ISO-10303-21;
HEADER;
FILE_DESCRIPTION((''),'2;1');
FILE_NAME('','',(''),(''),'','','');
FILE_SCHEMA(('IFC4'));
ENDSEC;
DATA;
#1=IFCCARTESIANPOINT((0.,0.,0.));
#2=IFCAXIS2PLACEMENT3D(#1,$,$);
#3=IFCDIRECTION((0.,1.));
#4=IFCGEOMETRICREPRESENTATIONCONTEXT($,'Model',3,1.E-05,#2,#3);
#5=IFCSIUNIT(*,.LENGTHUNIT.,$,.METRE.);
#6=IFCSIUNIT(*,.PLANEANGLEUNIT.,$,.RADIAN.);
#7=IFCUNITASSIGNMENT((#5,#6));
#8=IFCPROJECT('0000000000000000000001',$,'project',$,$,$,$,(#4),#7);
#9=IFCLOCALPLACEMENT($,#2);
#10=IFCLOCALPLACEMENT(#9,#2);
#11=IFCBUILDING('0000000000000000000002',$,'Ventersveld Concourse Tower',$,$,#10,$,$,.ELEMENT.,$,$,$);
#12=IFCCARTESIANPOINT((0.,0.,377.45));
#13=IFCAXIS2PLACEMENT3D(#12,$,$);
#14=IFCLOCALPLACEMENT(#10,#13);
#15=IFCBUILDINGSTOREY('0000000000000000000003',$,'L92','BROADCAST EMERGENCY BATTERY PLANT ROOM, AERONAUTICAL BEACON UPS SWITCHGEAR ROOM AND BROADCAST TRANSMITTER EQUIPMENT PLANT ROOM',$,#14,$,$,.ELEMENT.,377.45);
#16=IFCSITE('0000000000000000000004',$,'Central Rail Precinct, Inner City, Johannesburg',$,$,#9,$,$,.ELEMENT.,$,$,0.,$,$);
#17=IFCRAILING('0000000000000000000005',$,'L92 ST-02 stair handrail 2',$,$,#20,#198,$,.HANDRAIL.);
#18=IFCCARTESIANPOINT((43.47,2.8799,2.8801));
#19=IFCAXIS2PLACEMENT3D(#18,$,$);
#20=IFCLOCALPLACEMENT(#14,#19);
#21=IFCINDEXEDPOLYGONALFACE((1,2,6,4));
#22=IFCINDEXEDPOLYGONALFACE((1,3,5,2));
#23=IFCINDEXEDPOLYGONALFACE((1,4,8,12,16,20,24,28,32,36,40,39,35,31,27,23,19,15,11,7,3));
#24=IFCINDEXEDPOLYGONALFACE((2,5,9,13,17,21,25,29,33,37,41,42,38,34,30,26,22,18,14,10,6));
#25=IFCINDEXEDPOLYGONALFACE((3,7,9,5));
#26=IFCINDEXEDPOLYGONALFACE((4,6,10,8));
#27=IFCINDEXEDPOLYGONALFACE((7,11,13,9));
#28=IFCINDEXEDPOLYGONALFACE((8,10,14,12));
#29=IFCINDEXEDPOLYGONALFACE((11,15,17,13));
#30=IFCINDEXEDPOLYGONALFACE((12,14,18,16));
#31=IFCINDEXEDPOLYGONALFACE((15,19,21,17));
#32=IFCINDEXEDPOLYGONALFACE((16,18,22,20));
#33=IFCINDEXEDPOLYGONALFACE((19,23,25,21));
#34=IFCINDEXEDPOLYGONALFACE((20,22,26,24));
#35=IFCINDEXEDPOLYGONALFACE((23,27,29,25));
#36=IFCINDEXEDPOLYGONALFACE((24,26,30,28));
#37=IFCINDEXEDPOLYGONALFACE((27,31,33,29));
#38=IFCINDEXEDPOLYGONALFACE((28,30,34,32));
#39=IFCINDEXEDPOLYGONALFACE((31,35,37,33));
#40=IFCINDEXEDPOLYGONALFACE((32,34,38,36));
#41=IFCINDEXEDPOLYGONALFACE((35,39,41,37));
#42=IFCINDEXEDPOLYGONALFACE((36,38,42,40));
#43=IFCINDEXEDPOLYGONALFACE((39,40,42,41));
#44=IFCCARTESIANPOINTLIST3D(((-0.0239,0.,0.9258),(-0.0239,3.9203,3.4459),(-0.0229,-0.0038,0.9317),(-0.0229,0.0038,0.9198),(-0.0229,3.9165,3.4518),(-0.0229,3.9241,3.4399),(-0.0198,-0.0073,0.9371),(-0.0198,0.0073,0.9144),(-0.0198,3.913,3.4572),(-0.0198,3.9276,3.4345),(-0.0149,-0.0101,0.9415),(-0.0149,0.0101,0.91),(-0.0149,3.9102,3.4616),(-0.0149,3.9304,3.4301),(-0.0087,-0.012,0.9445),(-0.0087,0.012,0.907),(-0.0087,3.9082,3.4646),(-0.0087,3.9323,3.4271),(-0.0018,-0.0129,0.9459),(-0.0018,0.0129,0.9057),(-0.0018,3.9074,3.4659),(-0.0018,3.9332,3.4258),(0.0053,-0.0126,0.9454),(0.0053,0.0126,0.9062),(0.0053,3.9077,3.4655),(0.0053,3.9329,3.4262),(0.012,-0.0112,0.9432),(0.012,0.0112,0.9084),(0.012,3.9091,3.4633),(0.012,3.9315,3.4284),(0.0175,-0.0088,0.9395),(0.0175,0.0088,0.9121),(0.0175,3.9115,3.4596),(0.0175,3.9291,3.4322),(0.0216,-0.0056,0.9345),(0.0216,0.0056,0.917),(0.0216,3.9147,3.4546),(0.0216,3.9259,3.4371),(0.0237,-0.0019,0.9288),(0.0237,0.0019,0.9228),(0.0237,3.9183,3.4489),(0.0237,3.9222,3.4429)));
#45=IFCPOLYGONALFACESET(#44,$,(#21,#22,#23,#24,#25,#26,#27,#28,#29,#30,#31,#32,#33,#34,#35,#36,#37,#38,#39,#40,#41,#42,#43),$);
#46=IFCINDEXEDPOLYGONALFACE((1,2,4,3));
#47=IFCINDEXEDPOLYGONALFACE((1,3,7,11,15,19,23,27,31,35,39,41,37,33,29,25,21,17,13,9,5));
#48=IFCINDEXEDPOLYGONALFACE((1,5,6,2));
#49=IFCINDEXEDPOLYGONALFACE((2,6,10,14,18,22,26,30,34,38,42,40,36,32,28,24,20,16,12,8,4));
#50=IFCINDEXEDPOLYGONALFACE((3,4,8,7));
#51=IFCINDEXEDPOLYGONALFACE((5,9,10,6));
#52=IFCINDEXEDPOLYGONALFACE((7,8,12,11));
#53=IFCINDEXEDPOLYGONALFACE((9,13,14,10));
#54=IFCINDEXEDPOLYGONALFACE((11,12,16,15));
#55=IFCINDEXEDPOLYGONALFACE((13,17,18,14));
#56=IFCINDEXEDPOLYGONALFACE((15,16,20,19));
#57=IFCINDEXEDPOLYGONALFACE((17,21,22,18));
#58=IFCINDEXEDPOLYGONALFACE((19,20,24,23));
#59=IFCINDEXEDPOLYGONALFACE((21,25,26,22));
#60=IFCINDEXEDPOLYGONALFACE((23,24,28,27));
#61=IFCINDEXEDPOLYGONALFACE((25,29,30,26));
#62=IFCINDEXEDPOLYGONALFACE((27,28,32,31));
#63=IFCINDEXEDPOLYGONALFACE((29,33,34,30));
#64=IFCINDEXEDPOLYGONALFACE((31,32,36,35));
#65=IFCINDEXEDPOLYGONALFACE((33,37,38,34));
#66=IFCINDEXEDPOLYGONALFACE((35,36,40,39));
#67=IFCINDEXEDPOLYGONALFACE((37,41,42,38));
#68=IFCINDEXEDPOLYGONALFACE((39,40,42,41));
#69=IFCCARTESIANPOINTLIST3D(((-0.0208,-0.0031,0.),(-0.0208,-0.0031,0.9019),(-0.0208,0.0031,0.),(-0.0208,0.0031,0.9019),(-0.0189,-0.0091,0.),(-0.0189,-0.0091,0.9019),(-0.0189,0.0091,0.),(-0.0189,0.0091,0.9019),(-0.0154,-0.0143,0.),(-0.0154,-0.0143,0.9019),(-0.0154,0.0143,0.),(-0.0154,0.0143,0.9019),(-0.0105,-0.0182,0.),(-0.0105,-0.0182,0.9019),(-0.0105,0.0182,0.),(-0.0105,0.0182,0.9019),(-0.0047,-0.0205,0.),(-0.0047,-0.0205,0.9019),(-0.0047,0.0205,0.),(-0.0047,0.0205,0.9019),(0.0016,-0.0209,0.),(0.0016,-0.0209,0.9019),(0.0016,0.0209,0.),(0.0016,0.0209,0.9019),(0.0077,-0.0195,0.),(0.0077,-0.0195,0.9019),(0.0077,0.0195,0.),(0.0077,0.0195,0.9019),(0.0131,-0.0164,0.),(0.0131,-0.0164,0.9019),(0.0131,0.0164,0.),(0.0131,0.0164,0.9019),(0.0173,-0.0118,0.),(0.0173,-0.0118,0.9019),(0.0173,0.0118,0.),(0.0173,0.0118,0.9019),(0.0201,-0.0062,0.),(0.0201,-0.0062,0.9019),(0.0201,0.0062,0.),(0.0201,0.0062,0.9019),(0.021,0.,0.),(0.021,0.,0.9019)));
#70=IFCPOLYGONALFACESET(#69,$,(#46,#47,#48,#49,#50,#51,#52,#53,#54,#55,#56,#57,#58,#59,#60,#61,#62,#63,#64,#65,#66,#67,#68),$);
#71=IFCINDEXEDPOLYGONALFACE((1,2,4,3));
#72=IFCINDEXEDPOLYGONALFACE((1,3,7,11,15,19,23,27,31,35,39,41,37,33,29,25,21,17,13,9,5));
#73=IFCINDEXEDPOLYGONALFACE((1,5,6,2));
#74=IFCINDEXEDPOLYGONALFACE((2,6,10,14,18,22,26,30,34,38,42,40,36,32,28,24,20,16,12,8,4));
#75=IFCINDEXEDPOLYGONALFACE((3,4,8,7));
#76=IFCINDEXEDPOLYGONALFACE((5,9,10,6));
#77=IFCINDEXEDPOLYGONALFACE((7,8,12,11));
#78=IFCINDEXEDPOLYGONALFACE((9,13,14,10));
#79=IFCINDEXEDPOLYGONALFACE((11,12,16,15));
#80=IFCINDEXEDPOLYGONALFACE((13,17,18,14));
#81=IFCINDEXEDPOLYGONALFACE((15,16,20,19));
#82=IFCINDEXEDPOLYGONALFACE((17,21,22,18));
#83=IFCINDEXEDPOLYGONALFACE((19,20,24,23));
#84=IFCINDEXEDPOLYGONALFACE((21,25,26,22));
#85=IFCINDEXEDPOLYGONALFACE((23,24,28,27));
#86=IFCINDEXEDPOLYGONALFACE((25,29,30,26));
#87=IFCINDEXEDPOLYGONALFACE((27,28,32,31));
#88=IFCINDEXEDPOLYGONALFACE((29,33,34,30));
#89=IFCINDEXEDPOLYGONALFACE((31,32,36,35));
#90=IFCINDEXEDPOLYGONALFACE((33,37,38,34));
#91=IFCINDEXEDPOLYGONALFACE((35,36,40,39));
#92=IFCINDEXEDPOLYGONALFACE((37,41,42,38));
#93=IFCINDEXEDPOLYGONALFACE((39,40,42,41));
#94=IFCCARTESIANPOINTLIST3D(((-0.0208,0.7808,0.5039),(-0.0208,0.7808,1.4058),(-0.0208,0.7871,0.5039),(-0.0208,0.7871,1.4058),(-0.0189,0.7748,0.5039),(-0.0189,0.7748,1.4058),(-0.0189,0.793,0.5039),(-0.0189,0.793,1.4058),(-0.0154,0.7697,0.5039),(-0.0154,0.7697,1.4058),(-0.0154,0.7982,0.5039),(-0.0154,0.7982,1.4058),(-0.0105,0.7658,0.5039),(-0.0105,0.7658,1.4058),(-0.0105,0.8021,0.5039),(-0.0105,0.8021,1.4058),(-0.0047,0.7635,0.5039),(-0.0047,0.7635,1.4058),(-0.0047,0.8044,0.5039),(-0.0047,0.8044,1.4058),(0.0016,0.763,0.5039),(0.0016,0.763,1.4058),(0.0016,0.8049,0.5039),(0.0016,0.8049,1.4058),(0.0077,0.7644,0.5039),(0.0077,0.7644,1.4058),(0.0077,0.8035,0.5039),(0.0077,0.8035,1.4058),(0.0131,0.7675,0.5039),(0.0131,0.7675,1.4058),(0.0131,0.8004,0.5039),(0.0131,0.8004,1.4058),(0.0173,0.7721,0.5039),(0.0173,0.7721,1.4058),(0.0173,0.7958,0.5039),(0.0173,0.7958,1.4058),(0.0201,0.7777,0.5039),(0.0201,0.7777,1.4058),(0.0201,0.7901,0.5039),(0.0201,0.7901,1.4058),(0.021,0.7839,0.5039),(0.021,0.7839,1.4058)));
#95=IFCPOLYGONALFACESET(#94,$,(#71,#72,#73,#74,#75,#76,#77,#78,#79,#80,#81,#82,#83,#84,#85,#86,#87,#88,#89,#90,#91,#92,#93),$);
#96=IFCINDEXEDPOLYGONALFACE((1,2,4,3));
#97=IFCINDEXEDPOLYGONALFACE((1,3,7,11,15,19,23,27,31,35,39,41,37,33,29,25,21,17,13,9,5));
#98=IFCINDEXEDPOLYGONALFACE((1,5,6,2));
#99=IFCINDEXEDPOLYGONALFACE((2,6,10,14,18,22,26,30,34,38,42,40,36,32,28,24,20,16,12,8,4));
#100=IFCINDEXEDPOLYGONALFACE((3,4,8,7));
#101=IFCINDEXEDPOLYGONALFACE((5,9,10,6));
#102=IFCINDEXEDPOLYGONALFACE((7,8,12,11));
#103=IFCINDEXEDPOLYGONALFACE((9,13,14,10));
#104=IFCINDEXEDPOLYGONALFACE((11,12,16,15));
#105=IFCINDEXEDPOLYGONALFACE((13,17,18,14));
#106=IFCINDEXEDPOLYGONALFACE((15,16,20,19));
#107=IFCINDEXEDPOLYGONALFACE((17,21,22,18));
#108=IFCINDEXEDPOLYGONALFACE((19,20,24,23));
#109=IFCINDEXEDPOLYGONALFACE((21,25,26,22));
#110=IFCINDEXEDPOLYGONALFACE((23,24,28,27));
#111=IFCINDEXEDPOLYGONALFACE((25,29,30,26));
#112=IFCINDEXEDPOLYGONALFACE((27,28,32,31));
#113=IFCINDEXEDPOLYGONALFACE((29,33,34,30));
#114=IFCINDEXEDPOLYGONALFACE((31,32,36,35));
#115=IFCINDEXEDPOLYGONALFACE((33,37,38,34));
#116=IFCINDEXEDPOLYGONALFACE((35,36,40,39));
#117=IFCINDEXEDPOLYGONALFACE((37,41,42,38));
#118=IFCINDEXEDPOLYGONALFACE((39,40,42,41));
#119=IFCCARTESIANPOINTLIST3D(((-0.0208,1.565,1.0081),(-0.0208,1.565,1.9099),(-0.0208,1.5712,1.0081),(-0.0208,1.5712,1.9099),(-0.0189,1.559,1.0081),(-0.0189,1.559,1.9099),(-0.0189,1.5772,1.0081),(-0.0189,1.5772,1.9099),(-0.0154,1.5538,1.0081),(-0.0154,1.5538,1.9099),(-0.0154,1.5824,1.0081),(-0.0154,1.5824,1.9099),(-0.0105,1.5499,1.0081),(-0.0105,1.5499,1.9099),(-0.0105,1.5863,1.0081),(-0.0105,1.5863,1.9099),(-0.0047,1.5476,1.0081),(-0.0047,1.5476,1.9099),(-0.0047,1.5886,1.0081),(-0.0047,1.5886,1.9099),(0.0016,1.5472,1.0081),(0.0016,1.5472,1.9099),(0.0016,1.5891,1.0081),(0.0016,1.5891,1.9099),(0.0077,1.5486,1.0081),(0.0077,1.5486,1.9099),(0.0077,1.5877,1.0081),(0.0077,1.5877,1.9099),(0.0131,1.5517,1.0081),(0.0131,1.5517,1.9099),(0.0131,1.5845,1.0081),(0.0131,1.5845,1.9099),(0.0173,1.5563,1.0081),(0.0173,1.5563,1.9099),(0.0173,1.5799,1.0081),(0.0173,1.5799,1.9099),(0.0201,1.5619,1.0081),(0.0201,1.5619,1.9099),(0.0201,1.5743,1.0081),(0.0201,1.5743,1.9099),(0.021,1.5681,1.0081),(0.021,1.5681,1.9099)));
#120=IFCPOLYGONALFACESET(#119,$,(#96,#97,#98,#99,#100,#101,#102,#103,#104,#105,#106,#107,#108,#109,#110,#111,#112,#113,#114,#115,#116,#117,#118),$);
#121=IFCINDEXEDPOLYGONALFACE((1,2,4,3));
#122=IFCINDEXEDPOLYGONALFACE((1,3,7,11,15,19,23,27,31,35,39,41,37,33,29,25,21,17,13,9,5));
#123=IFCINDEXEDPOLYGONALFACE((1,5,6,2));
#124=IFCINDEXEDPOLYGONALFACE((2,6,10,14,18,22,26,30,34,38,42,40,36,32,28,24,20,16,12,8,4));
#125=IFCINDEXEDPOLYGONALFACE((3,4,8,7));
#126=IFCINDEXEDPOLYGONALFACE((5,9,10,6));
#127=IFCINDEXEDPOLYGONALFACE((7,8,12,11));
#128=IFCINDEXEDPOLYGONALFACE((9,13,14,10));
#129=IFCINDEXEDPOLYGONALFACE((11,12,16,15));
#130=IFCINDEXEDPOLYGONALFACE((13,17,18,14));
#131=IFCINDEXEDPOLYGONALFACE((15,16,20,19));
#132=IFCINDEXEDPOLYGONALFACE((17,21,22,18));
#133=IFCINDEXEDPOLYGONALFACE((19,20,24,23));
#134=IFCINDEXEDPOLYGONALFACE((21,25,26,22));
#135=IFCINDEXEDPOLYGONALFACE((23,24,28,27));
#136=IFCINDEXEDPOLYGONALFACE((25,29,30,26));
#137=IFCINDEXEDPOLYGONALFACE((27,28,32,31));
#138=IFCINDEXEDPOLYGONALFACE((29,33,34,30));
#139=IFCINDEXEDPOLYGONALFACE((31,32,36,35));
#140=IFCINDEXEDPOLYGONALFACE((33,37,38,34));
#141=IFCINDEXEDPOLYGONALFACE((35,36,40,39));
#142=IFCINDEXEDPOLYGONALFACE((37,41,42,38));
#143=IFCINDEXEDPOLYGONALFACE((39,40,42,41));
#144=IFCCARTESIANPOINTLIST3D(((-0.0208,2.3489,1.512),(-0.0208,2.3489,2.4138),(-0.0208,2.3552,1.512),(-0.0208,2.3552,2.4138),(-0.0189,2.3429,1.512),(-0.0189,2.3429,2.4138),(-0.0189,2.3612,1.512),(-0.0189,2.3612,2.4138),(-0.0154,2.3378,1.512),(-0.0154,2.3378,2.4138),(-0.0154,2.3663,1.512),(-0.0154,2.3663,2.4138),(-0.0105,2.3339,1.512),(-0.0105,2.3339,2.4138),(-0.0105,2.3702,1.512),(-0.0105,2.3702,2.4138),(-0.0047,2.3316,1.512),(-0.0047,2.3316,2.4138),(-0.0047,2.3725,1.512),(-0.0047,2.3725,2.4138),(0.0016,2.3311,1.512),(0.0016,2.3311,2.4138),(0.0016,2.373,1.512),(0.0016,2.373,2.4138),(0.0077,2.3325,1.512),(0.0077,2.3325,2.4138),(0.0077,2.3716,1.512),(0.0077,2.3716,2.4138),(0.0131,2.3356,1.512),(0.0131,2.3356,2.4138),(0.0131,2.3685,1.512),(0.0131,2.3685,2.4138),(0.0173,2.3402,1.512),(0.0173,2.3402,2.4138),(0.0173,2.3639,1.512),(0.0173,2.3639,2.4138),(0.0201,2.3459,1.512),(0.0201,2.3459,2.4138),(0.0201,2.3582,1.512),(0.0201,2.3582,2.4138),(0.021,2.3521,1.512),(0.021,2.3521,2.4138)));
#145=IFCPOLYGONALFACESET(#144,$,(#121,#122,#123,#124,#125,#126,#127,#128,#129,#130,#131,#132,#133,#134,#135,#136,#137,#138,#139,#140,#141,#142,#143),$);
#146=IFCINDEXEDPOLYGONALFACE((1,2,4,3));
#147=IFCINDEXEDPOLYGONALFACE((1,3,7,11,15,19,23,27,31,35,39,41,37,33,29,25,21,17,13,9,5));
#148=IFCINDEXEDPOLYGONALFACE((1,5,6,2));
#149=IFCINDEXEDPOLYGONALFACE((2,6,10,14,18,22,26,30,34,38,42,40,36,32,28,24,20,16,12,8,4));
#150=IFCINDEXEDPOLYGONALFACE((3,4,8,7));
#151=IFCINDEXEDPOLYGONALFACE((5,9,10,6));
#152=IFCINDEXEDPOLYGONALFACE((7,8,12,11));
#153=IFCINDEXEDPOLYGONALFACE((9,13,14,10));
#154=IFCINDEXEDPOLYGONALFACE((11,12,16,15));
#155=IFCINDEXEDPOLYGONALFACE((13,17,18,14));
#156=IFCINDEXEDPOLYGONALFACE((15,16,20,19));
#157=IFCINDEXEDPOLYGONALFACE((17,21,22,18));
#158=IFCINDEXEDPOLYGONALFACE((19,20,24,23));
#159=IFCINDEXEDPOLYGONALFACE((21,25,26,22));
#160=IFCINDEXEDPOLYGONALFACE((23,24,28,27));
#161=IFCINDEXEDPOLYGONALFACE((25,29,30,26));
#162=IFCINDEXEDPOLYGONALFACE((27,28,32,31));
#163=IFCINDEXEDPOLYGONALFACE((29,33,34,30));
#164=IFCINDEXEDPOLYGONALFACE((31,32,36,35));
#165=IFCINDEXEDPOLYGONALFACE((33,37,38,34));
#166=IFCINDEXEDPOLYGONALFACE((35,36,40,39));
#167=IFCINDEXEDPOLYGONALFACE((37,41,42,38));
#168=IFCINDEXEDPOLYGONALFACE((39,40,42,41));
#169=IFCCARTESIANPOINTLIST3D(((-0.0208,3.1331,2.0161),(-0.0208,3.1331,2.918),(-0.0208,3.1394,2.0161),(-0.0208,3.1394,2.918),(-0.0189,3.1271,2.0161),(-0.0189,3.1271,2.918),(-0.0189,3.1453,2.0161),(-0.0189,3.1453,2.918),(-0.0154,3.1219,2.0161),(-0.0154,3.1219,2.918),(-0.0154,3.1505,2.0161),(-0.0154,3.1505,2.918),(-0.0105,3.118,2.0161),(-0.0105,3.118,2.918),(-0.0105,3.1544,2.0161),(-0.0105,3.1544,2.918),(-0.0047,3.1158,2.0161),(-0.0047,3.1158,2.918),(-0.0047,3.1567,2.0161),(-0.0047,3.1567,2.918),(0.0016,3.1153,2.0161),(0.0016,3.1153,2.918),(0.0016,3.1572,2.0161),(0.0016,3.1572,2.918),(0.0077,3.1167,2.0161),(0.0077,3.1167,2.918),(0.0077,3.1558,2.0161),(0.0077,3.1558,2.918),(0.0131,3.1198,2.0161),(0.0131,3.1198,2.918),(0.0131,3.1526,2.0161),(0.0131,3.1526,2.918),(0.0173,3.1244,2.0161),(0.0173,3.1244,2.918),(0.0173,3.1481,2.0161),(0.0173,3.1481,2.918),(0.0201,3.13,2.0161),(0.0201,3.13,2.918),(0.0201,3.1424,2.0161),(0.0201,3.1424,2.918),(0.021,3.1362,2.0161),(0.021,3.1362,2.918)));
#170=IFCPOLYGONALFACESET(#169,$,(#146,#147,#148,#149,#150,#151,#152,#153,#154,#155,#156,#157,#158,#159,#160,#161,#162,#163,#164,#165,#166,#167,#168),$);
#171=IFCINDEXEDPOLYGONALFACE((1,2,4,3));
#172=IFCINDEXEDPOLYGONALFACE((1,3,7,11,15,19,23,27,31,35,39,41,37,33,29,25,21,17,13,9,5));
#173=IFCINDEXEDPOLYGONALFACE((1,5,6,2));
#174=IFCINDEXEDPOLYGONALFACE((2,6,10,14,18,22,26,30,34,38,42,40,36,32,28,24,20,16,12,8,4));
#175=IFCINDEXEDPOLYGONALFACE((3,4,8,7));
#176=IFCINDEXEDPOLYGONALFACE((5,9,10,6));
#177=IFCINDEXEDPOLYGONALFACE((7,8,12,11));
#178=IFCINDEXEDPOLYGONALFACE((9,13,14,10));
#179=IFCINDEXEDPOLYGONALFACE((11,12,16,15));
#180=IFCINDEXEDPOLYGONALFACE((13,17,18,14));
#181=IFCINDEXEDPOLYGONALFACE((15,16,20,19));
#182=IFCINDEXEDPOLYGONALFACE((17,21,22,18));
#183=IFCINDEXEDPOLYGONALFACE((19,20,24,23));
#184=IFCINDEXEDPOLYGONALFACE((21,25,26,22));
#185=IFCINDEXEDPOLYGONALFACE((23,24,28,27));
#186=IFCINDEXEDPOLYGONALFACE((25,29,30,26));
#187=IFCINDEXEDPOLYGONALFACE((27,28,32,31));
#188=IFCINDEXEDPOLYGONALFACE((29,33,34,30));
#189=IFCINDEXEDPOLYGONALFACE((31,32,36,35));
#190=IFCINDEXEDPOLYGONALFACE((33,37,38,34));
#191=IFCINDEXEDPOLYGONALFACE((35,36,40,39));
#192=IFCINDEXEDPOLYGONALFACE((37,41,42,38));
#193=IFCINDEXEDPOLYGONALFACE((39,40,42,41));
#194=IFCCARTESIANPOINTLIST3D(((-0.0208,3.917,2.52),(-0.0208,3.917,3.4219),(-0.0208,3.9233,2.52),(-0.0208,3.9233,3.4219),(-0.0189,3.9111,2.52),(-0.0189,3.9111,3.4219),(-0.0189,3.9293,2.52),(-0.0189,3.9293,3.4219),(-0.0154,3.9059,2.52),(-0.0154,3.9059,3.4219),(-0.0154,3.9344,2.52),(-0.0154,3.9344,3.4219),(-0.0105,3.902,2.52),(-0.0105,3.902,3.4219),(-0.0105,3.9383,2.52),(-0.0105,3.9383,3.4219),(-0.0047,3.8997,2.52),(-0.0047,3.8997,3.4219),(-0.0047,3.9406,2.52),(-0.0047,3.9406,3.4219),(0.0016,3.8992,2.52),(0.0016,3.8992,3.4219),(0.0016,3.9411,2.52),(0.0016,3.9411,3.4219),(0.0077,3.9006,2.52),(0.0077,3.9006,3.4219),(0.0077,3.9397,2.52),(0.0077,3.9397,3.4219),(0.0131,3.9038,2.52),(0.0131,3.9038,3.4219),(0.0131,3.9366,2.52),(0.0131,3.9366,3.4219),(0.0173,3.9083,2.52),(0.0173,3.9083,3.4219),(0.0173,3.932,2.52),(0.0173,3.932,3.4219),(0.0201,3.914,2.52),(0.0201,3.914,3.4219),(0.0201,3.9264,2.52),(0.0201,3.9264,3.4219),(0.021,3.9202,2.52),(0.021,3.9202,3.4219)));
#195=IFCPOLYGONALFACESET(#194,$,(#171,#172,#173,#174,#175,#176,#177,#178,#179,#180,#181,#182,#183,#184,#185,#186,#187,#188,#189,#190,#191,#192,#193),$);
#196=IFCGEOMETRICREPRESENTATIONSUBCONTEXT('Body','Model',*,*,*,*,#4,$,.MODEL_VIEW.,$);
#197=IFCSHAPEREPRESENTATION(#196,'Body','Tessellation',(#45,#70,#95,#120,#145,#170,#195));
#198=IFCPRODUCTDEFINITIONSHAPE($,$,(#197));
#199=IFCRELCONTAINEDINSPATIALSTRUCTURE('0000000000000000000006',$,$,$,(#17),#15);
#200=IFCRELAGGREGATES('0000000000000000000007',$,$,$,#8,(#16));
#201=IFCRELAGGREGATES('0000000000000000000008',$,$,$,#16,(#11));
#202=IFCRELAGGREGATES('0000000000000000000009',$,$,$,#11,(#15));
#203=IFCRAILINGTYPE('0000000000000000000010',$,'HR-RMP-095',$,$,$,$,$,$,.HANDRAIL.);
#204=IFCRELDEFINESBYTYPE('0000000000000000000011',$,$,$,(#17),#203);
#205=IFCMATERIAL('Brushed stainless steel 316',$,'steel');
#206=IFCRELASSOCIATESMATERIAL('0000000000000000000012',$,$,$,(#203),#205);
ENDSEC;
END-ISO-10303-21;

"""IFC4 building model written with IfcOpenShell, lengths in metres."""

from ifc_helpers import new_model, si_unit, direction, frame, origin, origin_2d, place, context, subcontext, project, spatial, circle, extrude, material, type_object, element, save


model = new_model("IFC4")

# Units and contexts
model_context = context("Model", 3, precision=1e-05, world=origin(), true_north=direction((0.0, 1.0)))
body_context = subcontext(model_context, "Body", "Model", "MODEL_VIEW")
ifc_project = project(units=[si_unit("LENGTHUNIT", "METRE"), si_unit("PLANEANGLEUNIT", "RADIAN")], contexts=[model_context])

# Site, building, storey
site_placement = place(None, origin())
site = spatial("IfcSite", under=ifc_project, at=site_placement, Name="Central Rail Precinct, Inner City, Johannesburg", CompositionType="ELEMENT", RefElevation=0.0)
building_placement = place(site_placement, origin())
building = spatial("IfcBuilding", under=site, at=building_placement, Name="Ventersveld Concourse Tower", CompositionType="ELEMENT")
storey_placement = place(building_placement, frame((0.0, 0.0, 377.45)))
storey = spatial("IfcBuildingStorey", under=building, at=storey_placement, Name="L92", Description="BROADCAST EMERGENCY BATTERY PLANT ROOM, AERONAUTICAL BEACON UPS SWITCHGEAR ROOM AND BROADCAST TRANSMITTER EQUIPMENT PLANT ROOM", CompositionType="ELEMENT", Elevation=377.45)

# Railing
ifc_material_1 = material(Name="Brushed stainless steel 316", Category="steel")
railing_type_1 = type_object("IfcRailingType", Name="HR-RMP-095", PredefinedType="HANDRAIL", material=ifc_material_1)
railing_1_placement = place(storey_placement, frame((43.47, 2.8799, 2.8801)))
element("IfcRailing", 1, at=railing_1_placement, inside=storey, type_object=railing_type_1, Name="L92 ST-02 stair handrail 2", PredefinedType="HANDRAIL", context=body_context, shape_type="SweptSolid", body=[
    extrude(circle(Radius=0.0239, at=origin_2d()), frame((0.0, 0.0, 0.9258), z_axis=(0.0, 0.841187, 0.540744), x_axis=(-1.0, 0.0, 0.0)), (0.0, 0.0, 1.0), 4.6604),
    extrude(circle(Radius=0.021, at=origin_2d()), origin(), (0.0, 0.0, 1.0), 0.9019),
    extrude(circle(Radius=0.021, at=origin_2d()), frame((0.0, 0.7839, 0.5039)), (0.0, 0.0, 1.0), 0.9019),
    extrude(circle(Radius=0.021, at=origin_2d()), frame((0.0, 1.5681, 1.0081)), (0.0, 0.0, 1.0), 0.9019),
    extrude(circle(Radius=0.021, at=origin_2d()), frame((0.0, 2.3521, 1.512)), (0.0, 0.0, 1.0), 0.9019),
    extrude(circle(Radius=0.021, at=origin_2d()), frame((0.0, 3.1362, 2.0161)), (0.0, 0.0, 1.0), 0.9019),
    extrude(circle(Radius=0.021, at=origin_2d()), frame((0.0, 3.9202, 2.52)), (0.0, 0.0, 1.0), 0.9019),
])

save(model, "model.ifc")
